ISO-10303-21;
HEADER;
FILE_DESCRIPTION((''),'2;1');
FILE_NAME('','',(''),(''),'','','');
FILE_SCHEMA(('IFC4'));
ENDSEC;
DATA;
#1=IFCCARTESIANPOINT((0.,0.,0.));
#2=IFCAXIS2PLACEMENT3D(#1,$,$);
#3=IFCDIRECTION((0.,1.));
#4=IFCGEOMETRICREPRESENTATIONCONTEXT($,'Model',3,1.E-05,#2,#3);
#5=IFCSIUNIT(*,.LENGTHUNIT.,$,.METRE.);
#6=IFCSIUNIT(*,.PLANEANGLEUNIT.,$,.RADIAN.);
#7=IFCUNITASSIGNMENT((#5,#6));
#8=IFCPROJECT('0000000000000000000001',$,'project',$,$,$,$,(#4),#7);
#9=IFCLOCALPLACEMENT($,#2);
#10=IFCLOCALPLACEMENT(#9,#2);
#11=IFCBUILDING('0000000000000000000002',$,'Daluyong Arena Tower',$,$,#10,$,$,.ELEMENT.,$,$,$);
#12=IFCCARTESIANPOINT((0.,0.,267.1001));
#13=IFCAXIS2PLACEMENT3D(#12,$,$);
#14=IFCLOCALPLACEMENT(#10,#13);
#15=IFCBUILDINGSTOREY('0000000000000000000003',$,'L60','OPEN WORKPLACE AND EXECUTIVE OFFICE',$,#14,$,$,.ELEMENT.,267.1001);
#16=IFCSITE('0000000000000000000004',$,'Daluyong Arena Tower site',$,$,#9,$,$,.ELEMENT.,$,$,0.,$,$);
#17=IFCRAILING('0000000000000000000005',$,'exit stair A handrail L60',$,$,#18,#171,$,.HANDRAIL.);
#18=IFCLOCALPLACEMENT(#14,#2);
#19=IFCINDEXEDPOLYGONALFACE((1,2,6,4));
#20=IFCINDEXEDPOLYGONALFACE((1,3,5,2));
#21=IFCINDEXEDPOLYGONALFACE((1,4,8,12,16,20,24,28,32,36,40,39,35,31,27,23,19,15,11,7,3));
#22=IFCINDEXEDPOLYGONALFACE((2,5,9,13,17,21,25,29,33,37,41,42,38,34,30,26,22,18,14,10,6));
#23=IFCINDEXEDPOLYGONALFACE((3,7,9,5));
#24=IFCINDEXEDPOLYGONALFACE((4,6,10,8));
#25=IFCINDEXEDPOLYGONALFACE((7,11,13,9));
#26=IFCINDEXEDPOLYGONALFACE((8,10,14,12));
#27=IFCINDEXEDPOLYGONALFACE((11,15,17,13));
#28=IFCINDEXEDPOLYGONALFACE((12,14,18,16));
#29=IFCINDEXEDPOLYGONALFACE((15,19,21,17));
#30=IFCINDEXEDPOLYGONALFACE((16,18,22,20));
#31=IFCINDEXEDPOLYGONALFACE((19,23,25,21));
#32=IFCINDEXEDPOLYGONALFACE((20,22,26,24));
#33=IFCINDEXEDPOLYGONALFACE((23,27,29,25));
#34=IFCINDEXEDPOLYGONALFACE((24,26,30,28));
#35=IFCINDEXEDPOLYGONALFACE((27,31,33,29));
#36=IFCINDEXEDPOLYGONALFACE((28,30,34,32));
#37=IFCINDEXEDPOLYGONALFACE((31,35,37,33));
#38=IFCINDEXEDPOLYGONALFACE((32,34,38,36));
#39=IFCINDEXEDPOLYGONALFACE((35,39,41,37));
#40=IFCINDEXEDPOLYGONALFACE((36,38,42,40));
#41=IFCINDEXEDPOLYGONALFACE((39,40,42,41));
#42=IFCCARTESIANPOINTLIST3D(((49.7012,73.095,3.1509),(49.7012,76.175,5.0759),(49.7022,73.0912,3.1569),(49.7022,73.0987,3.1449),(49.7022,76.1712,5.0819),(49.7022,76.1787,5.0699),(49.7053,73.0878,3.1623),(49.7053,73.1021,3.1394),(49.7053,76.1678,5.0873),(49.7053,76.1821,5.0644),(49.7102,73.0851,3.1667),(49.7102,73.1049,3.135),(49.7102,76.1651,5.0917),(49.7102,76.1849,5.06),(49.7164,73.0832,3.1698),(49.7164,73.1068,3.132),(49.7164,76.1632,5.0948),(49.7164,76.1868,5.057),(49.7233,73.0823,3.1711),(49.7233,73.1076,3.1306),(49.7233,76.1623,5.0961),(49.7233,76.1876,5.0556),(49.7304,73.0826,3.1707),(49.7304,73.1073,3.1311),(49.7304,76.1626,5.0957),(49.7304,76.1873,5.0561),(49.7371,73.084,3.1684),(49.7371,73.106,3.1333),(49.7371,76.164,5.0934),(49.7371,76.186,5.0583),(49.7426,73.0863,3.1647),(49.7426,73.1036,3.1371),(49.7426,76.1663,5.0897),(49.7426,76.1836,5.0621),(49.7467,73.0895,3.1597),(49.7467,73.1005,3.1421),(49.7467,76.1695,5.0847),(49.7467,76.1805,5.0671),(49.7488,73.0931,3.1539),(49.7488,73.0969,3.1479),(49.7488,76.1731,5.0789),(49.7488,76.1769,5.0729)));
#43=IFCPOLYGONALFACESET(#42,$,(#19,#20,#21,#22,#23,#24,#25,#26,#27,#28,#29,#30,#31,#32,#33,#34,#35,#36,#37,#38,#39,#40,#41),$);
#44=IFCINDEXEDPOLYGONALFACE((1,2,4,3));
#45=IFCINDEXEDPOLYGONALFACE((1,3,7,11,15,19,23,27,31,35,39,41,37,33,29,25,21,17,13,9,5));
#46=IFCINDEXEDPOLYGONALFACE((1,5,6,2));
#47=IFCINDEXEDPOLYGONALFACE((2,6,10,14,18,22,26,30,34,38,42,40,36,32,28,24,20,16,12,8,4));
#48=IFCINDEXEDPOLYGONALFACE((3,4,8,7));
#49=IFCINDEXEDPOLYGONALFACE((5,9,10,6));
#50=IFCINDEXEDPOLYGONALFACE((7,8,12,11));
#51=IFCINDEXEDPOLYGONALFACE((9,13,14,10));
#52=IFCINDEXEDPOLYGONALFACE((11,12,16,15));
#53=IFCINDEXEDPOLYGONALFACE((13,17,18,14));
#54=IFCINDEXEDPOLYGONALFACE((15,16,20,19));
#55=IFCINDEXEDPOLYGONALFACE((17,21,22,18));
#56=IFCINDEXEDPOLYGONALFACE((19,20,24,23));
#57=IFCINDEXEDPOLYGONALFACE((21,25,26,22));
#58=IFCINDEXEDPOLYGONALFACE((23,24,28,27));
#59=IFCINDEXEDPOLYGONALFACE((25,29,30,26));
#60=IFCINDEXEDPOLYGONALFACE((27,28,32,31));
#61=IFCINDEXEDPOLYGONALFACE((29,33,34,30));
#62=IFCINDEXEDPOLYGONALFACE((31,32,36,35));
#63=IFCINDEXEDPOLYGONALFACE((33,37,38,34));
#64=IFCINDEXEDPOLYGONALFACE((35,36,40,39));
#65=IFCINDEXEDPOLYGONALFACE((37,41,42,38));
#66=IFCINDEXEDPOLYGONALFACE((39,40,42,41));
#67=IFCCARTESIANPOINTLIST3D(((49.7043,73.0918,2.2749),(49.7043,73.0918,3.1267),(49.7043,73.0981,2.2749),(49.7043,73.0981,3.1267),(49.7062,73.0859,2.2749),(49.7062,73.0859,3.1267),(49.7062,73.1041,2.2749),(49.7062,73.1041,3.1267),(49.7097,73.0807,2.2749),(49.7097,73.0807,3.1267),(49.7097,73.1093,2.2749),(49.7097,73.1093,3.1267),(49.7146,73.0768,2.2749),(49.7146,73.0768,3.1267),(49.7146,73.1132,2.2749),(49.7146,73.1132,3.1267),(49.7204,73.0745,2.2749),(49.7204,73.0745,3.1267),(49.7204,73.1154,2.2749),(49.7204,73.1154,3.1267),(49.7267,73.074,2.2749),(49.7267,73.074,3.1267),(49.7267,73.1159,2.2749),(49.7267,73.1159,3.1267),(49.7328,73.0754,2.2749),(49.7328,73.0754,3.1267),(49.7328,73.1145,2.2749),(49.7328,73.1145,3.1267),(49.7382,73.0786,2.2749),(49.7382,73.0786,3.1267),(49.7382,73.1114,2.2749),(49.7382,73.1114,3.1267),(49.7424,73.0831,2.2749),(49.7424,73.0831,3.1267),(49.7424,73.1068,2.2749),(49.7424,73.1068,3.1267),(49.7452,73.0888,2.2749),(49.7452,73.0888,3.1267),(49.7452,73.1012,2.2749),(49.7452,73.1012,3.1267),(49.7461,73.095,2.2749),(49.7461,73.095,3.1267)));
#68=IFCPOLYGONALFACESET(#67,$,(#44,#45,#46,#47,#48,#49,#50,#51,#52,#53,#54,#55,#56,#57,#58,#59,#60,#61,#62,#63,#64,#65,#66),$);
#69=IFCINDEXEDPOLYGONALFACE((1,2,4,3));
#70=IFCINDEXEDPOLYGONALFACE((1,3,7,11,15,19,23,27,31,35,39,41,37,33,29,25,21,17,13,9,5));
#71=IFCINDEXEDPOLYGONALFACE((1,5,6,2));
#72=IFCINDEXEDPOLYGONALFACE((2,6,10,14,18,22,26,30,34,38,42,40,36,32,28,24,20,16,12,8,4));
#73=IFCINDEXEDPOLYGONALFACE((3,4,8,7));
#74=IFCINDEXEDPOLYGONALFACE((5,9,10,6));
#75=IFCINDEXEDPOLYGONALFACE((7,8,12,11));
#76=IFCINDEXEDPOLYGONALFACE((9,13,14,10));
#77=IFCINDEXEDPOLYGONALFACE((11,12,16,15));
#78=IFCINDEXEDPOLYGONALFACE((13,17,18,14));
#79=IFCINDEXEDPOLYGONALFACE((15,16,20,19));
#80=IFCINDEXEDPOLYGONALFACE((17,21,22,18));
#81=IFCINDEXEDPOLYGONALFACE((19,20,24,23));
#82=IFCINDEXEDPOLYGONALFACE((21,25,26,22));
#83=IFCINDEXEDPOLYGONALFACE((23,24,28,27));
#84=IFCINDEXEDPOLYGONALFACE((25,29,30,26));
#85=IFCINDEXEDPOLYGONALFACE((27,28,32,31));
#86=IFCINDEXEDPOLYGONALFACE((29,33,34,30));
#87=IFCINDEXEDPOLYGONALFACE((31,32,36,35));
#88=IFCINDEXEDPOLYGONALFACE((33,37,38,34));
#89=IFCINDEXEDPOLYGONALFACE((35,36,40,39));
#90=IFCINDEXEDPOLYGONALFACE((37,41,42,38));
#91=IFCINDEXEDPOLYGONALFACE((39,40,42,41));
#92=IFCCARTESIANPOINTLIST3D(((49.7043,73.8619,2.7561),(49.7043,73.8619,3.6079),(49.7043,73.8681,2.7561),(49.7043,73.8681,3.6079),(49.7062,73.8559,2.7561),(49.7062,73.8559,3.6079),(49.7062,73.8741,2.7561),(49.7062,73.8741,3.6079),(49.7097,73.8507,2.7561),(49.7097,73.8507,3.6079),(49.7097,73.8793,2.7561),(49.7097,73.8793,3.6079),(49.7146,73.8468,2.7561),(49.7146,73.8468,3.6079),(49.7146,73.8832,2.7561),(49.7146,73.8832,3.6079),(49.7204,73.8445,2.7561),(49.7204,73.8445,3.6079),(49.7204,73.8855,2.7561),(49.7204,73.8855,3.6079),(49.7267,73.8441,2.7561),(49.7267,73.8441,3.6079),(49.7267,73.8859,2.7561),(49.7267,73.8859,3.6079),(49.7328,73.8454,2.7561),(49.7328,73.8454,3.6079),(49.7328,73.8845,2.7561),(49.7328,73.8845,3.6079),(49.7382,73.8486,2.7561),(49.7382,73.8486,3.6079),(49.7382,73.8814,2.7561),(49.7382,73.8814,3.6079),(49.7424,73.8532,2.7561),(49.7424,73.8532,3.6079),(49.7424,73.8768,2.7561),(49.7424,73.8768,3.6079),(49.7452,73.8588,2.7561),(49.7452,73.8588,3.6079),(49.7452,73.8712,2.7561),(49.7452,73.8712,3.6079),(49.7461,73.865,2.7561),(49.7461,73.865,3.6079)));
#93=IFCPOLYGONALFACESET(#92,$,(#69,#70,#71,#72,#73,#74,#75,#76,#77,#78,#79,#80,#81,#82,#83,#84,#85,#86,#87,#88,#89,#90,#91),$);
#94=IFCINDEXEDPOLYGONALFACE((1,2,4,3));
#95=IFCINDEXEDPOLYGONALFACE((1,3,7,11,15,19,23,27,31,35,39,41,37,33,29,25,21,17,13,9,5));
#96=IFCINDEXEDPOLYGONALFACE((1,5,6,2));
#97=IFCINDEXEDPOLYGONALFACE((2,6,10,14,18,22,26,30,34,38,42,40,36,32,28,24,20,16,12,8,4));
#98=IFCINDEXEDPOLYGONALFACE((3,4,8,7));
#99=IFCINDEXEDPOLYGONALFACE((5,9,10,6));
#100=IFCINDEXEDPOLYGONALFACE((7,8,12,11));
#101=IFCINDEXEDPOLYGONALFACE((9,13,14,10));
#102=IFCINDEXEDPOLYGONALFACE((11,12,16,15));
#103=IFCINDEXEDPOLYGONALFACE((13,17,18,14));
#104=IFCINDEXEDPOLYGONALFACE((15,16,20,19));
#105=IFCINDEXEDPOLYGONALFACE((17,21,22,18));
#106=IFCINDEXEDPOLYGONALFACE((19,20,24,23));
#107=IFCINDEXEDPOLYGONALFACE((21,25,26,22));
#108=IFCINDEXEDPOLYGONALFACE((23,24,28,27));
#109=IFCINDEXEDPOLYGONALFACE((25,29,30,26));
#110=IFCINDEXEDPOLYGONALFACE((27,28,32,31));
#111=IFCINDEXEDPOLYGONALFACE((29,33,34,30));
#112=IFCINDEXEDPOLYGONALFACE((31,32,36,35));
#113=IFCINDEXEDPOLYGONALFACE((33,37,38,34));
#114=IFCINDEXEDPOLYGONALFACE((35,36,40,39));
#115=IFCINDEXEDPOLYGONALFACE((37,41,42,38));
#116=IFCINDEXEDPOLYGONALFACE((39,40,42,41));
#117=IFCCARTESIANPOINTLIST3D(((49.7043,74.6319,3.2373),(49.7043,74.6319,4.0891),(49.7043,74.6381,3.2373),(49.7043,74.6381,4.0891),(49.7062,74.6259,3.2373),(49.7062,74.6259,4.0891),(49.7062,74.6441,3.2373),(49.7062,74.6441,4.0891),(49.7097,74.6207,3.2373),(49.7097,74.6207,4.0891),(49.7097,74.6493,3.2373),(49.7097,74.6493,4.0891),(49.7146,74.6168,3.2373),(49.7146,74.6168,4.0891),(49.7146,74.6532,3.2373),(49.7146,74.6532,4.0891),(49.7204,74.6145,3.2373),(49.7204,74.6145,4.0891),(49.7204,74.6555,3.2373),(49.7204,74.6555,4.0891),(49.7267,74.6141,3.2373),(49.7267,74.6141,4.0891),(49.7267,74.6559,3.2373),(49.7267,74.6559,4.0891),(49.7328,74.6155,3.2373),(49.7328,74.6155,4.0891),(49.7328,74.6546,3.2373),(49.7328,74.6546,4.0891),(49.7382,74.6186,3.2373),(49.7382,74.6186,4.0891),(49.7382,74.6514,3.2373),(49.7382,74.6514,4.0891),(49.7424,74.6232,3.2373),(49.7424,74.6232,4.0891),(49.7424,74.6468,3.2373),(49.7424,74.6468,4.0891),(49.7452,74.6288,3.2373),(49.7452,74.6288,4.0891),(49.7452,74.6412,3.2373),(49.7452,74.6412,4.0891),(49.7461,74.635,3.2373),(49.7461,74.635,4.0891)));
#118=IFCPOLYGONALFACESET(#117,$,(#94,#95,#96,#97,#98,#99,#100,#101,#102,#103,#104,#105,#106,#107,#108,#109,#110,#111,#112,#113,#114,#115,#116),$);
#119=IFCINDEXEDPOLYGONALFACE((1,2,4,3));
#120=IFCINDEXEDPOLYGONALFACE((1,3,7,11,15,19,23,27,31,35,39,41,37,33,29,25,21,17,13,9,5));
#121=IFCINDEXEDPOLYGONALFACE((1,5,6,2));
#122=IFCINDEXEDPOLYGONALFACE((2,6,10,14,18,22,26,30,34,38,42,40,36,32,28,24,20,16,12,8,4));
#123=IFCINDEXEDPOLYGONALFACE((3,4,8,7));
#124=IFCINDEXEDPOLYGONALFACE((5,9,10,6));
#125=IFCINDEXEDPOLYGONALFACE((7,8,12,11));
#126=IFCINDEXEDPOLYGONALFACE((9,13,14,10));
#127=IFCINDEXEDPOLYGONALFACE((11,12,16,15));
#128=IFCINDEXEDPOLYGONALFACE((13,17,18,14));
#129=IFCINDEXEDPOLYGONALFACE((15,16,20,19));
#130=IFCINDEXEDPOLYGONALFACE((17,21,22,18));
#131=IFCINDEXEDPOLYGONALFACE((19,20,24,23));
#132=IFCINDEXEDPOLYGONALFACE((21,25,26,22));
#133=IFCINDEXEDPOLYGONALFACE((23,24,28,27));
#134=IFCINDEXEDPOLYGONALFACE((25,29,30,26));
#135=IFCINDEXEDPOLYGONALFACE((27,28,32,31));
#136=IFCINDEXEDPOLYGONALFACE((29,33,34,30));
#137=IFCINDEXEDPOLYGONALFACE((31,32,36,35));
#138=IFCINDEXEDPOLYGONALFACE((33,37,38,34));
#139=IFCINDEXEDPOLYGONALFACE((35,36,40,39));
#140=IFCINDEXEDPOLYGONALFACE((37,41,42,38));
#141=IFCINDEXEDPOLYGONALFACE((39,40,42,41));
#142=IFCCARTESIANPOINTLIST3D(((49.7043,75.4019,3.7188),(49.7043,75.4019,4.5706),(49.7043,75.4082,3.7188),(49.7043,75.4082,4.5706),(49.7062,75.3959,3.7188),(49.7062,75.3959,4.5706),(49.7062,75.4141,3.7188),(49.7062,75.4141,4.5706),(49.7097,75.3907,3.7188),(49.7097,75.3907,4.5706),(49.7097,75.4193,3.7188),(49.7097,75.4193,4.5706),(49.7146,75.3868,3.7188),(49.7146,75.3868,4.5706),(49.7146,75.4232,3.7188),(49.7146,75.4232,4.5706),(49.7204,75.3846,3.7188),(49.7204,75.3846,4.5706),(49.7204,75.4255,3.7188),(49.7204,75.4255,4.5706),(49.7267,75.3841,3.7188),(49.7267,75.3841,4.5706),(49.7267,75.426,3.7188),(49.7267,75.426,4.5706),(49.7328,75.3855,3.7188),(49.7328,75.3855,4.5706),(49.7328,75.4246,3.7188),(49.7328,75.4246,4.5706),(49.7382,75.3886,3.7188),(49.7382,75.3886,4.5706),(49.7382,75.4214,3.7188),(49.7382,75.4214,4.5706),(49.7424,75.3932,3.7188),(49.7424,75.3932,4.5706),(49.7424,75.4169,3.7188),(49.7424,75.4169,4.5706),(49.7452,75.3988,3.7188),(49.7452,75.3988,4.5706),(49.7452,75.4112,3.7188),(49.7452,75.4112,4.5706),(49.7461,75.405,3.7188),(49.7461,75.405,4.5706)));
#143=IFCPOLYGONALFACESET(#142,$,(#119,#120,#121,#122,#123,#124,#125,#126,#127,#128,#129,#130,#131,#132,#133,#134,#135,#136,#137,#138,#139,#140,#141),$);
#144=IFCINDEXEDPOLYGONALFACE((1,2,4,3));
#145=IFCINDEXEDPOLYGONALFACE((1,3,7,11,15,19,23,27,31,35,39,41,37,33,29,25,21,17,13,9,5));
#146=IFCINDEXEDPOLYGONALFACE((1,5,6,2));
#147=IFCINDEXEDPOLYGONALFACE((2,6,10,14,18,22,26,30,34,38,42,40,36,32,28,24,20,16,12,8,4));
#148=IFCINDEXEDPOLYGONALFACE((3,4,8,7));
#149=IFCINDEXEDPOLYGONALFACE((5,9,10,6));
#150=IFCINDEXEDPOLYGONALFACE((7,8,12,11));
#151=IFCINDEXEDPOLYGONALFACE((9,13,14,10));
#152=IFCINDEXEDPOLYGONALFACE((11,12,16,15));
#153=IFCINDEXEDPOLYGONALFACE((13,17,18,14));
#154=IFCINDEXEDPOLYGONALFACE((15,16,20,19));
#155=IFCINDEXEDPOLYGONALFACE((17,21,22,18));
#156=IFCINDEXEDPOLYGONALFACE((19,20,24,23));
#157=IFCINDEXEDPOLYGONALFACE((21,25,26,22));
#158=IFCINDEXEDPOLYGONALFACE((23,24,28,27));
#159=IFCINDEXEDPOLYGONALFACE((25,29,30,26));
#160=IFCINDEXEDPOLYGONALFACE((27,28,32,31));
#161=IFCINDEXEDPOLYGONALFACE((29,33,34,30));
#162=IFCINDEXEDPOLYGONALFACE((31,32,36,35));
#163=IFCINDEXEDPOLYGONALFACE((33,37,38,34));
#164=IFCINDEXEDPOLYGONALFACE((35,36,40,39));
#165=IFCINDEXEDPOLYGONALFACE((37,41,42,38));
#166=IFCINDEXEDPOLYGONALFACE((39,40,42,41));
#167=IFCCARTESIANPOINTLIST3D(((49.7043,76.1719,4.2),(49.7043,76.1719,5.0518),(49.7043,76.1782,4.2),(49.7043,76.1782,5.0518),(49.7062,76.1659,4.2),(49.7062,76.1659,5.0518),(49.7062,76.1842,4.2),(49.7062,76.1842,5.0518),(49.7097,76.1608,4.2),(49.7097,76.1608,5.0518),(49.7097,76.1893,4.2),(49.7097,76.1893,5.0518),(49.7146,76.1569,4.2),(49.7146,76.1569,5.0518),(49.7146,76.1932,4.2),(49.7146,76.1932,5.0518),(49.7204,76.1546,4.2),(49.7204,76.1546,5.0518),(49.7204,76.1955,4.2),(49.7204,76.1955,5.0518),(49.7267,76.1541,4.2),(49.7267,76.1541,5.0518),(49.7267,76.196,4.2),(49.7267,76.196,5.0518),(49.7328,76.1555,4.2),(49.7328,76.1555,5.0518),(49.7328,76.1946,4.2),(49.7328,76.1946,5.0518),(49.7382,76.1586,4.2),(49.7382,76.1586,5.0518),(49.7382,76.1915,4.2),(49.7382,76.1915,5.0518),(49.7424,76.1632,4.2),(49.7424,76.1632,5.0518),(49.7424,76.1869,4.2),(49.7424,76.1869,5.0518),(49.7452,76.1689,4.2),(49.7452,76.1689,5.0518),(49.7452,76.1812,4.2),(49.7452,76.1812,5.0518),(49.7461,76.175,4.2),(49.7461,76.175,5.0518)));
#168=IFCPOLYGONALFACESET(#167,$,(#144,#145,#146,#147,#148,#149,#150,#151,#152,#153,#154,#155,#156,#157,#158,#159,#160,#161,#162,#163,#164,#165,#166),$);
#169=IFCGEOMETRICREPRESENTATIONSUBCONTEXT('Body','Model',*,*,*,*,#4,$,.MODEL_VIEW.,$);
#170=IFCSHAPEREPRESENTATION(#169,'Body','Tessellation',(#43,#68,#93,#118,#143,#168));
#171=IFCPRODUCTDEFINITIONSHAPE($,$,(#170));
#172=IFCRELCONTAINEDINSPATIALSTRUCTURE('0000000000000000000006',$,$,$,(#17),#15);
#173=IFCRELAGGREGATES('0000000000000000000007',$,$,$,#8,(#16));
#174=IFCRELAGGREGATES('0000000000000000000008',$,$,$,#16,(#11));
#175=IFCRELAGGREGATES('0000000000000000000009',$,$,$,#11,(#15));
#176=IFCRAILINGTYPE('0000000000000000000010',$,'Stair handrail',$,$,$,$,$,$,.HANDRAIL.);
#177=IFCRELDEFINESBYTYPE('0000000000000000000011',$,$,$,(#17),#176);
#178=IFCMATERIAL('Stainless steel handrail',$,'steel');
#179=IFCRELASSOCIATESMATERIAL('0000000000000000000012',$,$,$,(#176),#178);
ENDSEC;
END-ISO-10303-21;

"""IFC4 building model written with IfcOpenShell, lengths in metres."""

from ifc_helpers import new_model, si_unit, direction, frame, origin, origin_2d, place, context, subcontext, project, spatial, circle, extrude, material, type_object, element, save


model = new_model("IFC4")

# Units and contexts
model_context = context("Model", 3, precision=1e-05, world=origin(), true_north=direction((0.0, 1.0)))
body_context = subcontext(model_context, "Body", "Model", "MODEL_VIEW")
ifc_project = project(units=[si_unit("LENGTHUNIT", "METRE"), si_unit("PLANEANGLEUNIT", "RADIAN")], contexts=[model_context])

# Site, building, storey
site_placement = place(None, origin())
site = spatial("IfcSite", under=ifc_project, at=site_placement, Name="Daluyong Arena Tower site", CompositionType="ELEMENT", RefElevation=0.0)
building_placement = place(site_placement, origin())
building = spatial("IfcBuilding", under=site, at=building_placement, Name="Daluyong Arena Tower", CompositionType="ELEMENT")
storey_placement = place(building_placement, frame((0.0, 0.0, 267.1001)))
storey = spatial("IfcBuildingStorey", under=building, at=storey_placement, Name="L60", Description="OPEN WORKPLACE AND EXECUTIVE OFFICE", CompositionType="ELEMENT", Elevation=267.1001)

# Railing
ifc_material_1 = material(Name="Stainless steel handrail", Category="steel")
railing_type_1 = type_object("IfcRailingType", Name="Stair handrail", PredefinedType="HANDRAIL", material=ifc_material_1)
railing_1_placement = place(storey_placement, frame((49.7251, 73.095, 2.2749)))
element("IfcRailing", 1, at=railing_1_placement, inside=storey, type_object=railing_type_1, Name="exit stair A handrail L60", PredefinedType="HANDRAIL", context=body_context, shape_type="SweptSolid", body=[
    extrude(circle(Radius=0.0239, at=origin_2d()), frame((0.0, 0.0, 0.876), z_axis=(0.0, 0.847998, 0.529999), x_axis=(-1.0, 0.0, 0.0)), (0.0, 0.0, 1.0), 3.6321),
    extrude(circle(Radius=0.021, at=origin_2d()), origin(), (0.0, 0.0, 1.0), 0.8518),
    extrude(circle(Radius=0.021, at=origin_2d()), frame((0.0, 0.77, 0.4812)), (0.0, 0.0, 1.0), 0.8518),
    extrude(circle(Radius=0.021, at=origin_2d()), frame((0.0, 1.54, 0.9624)), (0.0, 0.0, 1.0), 0.8518),
    extrude(circle(Radius=0.021, at=origin_2d()), frame((0.0, 2.3101, 1.4438)), (0.0, 0.0, 1.0), 0.8518),
    extrude(circle(Radius=0.021, at=origin_2d()), frame((0.0, 3.0801, 1.925)), (0.0, 0.0, 1.0), 0.8518),
])

save(model, "model.ifc")
